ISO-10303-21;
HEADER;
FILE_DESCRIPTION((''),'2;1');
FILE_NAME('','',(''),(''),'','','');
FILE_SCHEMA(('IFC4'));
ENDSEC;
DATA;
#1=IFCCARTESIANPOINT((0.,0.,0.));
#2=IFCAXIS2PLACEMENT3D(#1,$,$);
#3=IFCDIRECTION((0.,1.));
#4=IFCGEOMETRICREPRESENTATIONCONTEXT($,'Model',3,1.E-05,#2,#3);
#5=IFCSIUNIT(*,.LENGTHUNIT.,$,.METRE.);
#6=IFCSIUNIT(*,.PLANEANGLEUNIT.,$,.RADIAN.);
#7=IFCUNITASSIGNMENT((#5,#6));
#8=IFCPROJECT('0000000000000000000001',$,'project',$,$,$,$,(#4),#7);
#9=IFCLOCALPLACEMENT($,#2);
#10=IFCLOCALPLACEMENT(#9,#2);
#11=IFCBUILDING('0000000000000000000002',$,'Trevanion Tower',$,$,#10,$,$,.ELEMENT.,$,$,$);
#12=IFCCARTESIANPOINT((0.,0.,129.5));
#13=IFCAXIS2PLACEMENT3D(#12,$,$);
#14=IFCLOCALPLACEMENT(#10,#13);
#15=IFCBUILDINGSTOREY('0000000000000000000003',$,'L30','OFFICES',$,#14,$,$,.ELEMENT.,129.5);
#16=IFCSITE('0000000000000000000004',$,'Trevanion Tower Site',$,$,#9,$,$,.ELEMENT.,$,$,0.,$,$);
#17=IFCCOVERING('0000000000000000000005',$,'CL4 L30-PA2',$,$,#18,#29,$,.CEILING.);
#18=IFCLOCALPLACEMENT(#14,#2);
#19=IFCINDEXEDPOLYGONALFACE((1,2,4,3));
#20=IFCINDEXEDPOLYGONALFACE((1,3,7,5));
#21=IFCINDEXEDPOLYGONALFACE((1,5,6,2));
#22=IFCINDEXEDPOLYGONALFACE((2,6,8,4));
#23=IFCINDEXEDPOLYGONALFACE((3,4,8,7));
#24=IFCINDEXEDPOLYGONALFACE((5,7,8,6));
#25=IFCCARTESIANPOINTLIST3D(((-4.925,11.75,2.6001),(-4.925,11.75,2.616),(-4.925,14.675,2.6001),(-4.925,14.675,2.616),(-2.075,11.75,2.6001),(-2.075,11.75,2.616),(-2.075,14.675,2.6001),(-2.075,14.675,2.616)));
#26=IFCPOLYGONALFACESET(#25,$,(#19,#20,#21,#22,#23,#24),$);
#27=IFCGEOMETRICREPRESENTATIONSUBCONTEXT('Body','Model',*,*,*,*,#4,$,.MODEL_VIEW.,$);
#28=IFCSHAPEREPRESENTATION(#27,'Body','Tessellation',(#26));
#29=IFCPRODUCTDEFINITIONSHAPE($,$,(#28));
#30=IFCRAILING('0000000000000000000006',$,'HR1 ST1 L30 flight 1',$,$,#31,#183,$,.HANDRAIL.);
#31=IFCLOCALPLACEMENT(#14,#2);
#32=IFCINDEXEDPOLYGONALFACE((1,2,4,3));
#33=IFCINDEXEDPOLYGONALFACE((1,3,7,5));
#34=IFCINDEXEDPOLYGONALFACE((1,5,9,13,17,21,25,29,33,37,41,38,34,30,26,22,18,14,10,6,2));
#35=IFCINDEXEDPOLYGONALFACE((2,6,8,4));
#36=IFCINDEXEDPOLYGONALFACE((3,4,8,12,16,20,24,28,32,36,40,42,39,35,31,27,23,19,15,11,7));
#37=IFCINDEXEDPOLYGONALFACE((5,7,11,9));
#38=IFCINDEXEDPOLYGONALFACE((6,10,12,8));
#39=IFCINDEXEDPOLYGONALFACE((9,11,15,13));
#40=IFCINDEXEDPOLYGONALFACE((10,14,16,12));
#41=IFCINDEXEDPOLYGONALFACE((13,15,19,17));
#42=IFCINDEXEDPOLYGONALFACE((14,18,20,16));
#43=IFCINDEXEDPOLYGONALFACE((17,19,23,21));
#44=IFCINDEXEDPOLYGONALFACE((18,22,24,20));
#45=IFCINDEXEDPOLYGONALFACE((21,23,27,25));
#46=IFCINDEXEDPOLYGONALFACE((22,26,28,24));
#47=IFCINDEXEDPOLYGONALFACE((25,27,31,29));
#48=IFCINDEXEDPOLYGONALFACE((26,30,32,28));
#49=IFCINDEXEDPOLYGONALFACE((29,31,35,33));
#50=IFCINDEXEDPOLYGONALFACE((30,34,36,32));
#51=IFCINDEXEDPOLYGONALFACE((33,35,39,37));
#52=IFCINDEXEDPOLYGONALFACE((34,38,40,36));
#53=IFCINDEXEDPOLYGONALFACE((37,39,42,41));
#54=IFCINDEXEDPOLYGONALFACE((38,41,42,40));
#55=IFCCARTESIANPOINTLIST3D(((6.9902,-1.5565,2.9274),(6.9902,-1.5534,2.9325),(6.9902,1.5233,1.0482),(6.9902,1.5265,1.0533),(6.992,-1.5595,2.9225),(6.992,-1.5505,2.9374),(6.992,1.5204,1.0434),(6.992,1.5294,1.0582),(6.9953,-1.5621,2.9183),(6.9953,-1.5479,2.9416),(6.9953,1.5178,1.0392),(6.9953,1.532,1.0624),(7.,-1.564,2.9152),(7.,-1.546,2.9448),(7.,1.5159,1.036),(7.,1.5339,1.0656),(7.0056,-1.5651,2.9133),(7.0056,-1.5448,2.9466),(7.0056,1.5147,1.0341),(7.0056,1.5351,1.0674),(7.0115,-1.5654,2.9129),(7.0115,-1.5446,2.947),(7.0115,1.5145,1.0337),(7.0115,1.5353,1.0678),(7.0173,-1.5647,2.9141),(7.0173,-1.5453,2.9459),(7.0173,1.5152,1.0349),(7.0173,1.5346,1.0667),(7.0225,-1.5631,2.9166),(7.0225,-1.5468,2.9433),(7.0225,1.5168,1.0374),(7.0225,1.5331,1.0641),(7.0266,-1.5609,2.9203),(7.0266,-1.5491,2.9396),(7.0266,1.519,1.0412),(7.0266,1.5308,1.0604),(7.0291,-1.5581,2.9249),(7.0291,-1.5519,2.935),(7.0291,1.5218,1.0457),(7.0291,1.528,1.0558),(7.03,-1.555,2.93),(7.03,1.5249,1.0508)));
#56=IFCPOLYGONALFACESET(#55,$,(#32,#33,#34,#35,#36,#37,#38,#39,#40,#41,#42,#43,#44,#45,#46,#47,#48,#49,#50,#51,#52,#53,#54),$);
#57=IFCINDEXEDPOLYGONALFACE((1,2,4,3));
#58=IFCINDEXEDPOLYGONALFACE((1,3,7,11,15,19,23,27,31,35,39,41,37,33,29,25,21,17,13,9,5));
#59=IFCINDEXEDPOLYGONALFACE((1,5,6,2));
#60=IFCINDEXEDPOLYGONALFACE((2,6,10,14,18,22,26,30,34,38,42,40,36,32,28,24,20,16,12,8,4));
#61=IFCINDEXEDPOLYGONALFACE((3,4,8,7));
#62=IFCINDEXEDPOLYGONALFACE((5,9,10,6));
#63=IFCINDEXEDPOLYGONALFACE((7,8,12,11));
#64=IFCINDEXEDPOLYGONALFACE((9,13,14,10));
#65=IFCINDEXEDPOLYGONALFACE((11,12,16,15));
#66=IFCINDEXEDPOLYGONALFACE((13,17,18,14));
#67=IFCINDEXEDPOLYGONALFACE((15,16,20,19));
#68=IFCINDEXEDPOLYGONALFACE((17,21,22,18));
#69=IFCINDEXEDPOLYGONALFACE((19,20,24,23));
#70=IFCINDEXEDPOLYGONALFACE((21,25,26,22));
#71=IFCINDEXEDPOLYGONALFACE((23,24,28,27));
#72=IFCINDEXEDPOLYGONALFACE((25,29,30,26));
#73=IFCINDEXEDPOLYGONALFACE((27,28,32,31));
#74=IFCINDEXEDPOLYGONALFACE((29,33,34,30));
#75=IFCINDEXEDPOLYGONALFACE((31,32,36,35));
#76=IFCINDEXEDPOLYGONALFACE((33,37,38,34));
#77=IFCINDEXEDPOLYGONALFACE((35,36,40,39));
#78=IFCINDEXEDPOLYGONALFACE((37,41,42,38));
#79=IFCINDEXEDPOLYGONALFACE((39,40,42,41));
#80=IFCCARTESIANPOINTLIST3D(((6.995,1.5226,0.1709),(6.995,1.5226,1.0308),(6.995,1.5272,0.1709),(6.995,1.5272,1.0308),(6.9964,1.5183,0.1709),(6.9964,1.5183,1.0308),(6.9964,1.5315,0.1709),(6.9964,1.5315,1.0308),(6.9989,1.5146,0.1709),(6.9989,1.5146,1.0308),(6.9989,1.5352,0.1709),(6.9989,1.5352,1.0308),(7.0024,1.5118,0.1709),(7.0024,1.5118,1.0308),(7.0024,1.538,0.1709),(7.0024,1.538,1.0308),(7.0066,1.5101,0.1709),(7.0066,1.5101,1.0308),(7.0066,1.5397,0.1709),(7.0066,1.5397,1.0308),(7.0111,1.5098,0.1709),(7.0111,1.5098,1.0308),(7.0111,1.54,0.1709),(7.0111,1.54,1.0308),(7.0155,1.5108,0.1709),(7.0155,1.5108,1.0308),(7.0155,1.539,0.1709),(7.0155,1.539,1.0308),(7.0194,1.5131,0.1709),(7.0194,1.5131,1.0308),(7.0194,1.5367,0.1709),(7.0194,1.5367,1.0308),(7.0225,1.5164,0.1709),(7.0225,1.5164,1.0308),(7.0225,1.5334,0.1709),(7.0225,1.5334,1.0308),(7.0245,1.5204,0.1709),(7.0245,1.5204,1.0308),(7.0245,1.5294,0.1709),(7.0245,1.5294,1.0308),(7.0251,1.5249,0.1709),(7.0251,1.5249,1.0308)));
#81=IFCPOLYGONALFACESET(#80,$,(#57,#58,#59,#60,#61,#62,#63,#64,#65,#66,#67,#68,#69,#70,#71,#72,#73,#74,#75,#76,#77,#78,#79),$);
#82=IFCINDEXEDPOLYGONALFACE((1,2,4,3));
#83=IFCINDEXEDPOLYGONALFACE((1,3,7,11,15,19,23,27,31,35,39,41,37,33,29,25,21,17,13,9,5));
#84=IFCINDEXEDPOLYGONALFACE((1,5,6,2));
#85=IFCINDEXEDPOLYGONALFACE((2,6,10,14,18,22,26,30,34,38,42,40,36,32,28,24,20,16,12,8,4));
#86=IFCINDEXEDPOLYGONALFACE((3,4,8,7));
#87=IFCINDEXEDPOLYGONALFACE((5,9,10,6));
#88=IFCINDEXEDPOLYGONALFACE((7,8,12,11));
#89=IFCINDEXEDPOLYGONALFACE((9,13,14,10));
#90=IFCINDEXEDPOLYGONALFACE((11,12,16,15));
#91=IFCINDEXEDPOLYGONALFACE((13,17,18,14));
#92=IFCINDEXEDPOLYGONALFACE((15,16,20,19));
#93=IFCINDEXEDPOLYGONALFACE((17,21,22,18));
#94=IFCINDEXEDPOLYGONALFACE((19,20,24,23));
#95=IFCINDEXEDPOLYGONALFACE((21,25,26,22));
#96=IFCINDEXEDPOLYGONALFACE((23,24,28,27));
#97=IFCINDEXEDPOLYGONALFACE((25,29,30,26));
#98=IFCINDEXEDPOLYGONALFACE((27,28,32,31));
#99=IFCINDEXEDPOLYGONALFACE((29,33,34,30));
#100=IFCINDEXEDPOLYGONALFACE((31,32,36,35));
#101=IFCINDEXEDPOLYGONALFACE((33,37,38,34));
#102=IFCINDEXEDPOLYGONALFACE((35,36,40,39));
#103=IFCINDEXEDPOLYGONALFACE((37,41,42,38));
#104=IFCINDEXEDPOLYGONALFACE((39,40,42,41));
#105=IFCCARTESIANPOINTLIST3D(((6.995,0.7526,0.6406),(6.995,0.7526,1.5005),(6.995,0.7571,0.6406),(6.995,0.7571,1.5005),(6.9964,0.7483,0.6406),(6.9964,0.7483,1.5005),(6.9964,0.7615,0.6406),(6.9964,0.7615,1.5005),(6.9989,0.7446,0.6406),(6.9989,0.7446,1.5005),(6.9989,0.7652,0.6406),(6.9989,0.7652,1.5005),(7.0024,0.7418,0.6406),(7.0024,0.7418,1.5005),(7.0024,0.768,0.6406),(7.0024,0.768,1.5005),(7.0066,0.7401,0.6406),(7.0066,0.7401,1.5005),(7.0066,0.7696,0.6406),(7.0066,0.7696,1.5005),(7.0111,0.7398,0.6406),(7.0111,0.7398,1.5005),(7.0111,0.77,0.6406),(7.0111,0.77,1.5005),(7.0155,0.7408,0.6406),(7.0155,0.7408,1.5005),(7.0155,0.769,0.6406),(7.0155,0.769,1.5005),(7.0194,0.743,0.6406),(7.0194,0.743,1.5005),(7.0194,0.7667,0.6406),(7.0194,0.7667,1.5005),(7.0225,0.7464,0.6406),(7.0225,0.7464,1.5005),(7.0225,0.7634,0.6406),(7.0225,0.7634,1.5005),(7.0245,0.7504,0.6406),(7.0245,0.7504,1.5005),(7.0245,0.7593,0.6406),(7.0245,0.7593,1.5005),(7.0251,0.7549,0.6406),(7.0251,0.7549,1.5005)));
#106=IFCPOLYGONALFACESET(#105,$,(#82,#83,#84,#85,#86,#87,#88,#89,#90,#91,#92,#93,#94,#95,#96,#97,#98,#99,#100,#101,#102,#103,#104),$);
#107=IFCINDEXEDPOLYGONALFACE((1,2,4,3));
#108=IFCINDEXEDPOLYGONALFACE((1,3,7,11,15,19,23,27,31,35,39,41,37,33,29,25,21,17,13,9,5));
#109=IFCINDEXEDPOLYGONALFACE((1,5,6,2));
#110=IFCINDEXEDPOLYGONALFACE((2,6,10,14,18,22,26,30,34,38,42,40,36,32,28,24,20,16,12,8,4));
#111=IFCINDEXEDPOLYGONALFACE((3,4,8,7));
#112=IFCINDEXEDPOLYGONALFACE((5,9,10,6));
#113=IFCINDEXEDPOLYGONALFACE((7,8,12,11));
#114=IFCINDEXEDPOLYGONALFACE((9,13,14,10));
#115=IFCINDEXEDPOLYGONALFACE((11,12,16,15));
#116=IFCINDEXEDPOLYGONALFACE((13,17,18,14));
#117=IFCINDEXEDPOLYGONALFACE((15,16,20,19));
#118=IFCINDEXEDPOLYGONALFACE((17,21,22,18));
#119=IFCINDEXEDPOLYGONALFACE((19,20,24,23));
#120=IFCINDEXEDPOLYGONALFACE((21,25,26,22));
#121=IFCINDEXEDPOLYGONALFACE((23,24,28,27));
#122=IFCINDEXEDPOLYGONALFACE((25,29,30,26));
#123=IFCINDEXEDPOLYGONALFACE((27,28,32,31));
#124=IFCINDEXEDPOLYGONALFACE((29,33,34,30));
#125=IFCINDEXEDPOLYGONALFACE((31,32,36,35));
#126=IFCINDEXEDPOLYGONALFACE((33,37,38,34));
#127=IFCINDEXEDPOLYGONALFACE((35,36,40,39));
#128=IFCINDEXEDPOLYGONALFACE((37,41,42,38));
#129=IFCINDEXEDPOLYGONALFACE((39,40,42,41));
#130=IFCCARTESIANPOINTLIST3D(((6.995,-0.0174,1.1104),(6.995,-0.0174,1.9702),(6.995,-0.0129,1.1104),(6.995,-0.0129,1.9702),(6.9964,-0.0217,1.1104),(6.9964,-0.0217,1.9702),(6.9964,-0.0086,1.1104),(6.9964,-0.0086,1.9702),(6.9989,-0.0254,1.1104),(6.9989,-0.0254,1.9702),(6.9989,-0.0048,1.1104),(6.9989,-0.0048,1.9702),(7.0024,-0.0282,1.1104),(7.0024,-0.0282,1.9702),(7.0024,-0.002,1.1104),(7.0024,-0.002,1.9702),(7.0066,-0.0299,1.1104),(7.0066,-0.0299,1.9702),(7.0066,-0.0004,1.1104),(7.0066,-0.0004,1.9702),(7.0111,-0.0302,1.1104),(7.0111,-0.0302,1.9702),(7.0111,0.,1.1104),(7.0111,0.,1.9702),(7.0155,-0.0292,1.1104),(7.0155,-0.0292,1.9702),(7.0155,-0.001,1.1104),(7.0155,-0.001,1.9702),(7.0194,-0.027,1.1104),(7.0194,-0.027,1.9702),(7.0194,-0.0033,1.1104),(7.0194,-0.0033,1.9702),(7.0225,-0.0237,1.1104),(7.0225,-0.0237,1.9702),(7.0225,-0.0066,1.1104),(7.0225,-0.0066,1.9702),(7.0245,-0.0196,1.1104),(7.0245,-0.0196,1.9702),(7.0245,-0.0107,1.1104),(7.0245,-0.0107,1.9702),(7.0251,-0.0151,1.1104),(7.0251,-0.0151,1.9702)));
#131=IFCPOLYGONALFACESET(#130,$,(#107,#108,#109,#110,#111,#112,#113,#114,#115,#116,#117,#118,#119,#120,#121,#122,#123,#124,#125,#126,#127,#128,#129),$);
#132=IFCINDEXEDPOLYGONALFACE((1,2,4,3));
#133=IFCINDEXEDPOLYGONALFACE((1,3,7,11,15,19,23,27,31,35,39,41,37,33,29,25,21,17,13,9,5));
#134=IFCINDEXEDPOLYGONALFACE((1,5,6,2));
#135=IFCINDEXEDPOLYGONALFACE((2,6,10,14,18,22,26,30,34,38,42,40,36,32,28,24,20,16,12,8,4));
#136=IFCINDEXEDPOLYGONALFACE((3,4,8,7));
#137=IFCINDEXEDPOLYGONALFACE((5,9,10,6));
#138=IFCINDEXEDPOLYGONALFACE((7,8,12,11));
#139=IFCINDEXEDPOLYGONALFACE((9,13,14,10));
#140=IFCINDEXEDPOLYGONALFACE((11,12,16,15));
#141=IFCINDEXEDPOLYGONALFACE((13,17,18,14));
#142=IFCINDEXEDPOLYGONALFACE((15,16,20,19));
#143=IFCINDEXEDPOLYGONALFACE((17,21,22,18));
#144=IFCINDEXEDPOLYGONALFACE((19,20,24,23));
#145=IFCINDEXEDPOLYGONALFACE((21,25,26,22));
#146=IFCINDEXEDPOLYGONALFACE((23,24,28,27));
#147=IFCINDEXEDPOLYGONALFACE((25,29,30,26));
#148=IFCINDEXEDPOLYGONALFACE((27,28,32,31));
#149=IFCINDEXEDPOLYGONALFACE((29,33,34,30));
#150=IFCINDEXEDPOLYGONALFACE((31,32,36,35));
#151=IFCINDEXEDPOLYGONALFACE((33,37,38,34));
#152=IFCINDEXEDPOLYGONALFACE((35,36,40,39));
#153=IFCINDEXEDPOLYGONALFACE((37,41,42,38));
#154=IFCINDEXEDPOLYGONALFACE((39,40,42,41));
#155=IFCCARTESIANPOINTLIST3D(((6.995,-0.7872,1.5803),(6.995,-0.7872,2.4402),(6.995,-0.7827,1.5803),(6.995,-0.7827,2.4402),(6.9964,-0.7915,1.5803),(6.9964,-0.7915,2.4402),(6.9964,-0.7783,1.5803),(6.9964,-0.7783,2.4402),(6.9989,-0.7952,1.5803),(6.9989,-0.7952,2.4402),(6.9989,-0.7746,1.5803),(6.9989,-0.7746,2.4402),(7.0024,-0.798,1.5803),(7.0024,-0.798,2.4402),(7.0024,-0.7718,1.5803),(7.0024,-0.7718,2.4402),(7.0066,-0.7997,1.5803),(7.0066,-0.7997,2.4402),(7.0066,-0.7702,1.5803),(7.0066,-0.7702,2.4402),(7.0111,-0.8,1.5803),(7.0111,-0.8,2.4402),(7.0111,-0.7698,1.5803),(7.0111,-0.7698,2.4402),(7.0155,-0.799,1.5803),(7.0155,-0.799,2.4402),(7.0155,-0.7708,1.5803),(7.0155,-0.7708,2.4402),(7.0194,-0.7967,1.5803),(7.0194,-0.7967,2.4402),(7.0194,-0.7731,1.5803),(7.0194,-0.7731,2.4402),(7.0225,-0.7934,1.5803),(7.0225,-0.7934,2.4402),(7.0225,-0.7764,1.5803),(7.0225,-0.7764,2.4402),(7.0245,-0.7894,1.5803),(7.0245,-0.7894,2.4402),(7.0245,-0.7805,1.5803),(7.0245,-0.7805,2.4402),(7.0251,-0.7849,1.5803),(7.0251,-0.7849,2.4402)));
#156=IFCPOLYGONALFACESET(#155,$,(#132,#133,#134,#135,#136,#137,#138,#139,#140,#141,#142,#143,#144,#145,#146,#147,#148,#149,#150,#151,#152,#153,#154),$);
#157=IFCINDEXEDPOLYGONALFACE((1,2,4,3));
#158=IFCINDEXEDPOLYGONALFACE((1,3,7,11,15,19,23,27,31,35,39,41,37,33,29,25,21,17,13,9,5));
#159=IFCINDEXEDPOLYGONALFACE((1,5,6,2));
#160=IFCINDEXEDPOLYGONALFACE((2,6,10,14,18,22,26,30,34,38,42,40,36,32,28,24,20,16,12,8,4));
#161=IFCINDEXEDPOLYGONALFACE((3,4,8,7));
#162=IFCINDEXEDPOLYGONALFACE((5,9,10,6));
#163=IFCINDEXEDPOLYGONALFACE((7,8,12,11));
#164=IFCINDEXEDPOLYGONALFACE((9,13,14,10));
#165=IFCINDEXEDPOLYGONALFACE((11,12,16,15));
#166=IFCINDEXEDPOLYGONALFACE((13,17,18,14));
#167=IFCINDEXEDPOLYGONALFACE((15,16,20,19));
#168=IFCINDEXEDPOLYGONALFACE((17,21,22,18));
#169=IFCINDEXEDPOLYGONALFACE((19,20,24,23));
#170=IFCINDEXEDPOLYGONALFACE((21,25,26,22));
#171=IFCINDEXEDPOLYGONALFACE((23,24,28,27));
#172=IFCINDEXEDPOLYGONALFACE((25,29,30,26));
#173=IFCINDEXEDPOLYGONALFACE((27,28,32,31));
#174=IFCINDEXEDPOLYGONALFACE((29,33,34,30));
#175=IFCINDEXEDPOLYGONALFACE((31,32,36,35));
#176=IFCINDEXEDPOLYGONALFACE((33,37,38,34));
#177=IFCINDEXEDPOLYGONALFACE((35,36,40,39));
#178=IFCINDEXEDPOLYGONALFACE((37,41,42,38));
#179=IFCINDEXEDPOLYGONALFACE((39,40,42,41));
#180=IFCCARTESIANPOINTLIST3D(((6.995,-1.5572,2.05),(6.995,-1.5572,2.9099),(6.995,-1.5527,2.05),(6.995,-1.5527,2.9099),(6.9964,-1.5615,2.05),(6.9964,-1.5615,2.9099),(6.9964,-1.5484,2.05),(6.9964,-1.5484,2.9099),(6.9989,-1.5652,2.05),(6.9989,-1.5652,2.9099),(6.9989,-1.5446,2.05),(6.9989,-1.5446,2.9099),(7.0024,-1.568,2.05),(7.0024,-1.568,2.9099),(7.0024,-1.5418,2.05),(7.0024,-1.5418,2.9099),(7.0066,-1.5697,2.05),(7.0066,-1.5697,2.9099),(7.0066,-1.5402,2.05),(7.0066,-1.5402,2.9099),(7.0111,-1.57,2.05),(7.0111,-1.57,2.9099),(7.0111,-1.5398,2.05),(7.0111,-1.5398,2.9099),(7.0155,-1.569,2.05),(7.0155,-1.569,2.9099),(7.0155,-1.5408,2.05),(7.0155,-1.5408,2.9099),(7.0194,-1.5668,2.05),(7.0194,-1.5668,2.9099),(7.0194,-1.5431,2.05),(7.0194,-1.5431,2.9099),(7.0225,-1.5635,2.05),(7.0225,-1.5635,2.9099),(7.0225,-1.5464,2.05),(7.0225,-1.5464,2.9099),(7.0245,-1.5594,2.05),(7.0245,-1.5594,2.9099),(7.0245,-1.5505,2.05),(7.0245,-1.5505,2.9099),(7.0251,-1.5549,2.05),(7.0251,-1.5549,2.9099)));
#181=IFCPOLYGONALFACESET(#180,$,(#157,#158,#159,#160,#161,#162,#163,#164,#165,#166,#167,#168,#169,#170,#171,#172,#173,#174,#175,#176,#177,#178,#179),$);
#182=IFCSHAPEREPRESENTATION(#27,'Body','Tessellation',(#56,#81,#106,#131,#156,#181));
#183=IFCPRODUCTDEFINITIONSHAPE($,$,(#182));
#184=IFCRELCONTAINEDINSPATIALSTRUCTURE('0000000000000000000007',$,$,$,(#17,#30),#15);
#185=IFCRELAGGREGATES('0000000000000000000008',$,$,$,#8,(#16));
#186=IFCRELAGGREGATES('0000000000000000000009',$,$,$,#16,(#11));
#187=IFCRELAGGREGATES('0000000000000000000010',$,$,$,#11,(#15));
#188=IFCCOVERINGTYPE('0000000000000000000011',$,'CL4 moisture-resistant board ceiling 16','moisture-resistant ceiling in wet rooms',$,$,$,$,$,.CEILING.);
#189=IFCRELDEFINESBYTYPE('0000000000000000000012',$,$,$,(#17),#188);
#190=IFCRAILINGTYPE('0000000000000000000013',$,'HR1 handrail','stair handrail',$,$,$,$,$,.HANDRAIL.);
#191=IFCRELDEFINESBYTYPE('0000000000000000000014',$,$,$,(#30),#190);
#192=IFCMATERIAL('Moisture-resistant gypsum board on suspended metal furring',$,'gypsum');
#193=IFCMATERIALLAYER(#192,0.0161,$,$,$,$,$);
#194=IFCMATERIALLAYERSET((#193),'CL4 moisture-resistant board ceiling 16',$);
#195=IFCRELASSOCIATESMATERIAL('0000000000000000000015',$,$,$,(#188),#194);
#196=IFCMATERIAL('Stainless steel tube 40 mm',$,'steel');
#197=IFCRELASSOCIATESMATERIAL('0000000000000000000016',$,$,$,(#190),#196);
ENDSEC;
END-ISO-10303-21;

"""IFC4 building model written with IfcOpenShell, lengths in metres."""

from ifc_helpers import new_model, si_unit, direction, frame, origin, origin_2d, place, context, subcontext, project, spatial, polyline, circle, outline, extrude, material, layer, layer_set, type_object, element, save


model = new_model("IFC4")

# Units and contexts
model_context = context("Model", 3, precision=1e-05, world=origin(), true_north=direction((0.0, 1.0)))
body_context = subcontext(model_context, "Body", "Model", "MODEL_VIEW")
ifc_project = project(units=[si_unit("LENGTHUNIT", "METRE"), si_unit("PLANEANGLEUNIT", "RADIAN")], contexts=[model_context])

# Site, building, storey
site_placement = place(None, origin())
site = spatial("IfcSite", under=ifc_project, at=site_placement, Name="Trevanion Tower Site", CompositionType="ELEMENT", RefElevation=0.0)
building_placement = place(site_placement, origin())
building = spatial("IfcBuilding", under=site, at=building_placement, Name="Trevanion Tower", CompositionType="ELEMENT")
storey_placement = place(building_placement, frame((0.0, 0.0, 129.5)))
storey = spatial("IfcBuildingStorey", under=building, at=storey_placement, Name="L30", Description="OFFICES", CompositionType="ELEMENT", Elevation=129.5)

# Covering
ifc_material_1 = material(Name="Moisture-resistant gypsum board on suspended metal furring", Category="gypsum")
ifc_layer_1 = layer(ifc_material_1, 0.0161)
ifc_layer_set_1 = layer_set([ifc_layer_1], Name="CL4 moisture-resistant board ceiling 16")
covering_type_1 = type_object("IfcCoveringType", Name="CL4 moisture-resistant board ceiling 16", Description="moisture-resistant ceiling in wet rooms", PredefinedType="CEILING", material=ifc_layer_set_1)
covering_1_placement = place(storey_placement, frame((0.0, 0.0, 2.6001)))
element("IfcCovering", 1, at=covering_1_placement, inside=storey, type_object=covering_type_1, Name="CL4 L30-PA2", PredefinedType="CEILING", context=body_context, shape_type="SweptSolid", body=[
    extrude(outline(polyline([(-4.925, 14.675), (-2.075, 14.675), (-2.075, 11.75), (-4.925, 11.75), (-4.925, 14.675)])), origin(), (0.0, 0.0, 1.0), 0.0159),
])

# Railing
ifc_material_2 = material(Name="Stainless steel tube 40 mm", Category="steel")
railing_type = type_object("IfcRailingType", Name="HR1 handrail", Description="stair handrail", PredefinedType="HANDRAIL", material=ifc_material_2)
for number, where, name in (
    (2, (7.01, 1.5249, 0.1709), "HR1 ST1 L30 flight 1"),
):
    element("IfcRailing", number, at=place(storey_placement, frame(where)), inside=storey, type_object=railing_type, Name=name, PredefinedType="HANDRAIL", context=body_context, shape_type="SweptSolid", body=[
        extrude(circle(Radius=0.02, at=origin_2d()), frame((0.0, 0.0, 0.8799), z_axis=(0.0, -0.853648, 0.52085), x_axis=(1.0, 0.0, 0.0)), (0.0, 0.0, 1.0), 3.6079),
        extrude(circle(Radius=0.0151, at=origin_2d()), origin(), (0.0, 0.0, 1.0), 0.8599),
        extrude(circle(Radius=0.0151, at=origin_2d()), frame((0.0, -0.77, 0.4697)), (0.0, 0.0, 1.0), 0.8599),
        extrude(circle(Radius=0.0151, at=origin_2d()), frame((0.0, -1.54, 0.9395)), (0.0, 0.0, 1.0), 0.8599),
        extrude(circle(Radius=0.0151, at=origin_2d()), frame((0.0, -2.3098, 1.4094)), (0.0, 0.0, 1.0), 0.8599),
        extrude(circle(Radius=0.0151, at=origin_2d()), frame((0.0, -3.0798, 1.8792)), (0.0, 0.0, 1.0), 0.8599),
    ])

save(model, "model.ifc")
